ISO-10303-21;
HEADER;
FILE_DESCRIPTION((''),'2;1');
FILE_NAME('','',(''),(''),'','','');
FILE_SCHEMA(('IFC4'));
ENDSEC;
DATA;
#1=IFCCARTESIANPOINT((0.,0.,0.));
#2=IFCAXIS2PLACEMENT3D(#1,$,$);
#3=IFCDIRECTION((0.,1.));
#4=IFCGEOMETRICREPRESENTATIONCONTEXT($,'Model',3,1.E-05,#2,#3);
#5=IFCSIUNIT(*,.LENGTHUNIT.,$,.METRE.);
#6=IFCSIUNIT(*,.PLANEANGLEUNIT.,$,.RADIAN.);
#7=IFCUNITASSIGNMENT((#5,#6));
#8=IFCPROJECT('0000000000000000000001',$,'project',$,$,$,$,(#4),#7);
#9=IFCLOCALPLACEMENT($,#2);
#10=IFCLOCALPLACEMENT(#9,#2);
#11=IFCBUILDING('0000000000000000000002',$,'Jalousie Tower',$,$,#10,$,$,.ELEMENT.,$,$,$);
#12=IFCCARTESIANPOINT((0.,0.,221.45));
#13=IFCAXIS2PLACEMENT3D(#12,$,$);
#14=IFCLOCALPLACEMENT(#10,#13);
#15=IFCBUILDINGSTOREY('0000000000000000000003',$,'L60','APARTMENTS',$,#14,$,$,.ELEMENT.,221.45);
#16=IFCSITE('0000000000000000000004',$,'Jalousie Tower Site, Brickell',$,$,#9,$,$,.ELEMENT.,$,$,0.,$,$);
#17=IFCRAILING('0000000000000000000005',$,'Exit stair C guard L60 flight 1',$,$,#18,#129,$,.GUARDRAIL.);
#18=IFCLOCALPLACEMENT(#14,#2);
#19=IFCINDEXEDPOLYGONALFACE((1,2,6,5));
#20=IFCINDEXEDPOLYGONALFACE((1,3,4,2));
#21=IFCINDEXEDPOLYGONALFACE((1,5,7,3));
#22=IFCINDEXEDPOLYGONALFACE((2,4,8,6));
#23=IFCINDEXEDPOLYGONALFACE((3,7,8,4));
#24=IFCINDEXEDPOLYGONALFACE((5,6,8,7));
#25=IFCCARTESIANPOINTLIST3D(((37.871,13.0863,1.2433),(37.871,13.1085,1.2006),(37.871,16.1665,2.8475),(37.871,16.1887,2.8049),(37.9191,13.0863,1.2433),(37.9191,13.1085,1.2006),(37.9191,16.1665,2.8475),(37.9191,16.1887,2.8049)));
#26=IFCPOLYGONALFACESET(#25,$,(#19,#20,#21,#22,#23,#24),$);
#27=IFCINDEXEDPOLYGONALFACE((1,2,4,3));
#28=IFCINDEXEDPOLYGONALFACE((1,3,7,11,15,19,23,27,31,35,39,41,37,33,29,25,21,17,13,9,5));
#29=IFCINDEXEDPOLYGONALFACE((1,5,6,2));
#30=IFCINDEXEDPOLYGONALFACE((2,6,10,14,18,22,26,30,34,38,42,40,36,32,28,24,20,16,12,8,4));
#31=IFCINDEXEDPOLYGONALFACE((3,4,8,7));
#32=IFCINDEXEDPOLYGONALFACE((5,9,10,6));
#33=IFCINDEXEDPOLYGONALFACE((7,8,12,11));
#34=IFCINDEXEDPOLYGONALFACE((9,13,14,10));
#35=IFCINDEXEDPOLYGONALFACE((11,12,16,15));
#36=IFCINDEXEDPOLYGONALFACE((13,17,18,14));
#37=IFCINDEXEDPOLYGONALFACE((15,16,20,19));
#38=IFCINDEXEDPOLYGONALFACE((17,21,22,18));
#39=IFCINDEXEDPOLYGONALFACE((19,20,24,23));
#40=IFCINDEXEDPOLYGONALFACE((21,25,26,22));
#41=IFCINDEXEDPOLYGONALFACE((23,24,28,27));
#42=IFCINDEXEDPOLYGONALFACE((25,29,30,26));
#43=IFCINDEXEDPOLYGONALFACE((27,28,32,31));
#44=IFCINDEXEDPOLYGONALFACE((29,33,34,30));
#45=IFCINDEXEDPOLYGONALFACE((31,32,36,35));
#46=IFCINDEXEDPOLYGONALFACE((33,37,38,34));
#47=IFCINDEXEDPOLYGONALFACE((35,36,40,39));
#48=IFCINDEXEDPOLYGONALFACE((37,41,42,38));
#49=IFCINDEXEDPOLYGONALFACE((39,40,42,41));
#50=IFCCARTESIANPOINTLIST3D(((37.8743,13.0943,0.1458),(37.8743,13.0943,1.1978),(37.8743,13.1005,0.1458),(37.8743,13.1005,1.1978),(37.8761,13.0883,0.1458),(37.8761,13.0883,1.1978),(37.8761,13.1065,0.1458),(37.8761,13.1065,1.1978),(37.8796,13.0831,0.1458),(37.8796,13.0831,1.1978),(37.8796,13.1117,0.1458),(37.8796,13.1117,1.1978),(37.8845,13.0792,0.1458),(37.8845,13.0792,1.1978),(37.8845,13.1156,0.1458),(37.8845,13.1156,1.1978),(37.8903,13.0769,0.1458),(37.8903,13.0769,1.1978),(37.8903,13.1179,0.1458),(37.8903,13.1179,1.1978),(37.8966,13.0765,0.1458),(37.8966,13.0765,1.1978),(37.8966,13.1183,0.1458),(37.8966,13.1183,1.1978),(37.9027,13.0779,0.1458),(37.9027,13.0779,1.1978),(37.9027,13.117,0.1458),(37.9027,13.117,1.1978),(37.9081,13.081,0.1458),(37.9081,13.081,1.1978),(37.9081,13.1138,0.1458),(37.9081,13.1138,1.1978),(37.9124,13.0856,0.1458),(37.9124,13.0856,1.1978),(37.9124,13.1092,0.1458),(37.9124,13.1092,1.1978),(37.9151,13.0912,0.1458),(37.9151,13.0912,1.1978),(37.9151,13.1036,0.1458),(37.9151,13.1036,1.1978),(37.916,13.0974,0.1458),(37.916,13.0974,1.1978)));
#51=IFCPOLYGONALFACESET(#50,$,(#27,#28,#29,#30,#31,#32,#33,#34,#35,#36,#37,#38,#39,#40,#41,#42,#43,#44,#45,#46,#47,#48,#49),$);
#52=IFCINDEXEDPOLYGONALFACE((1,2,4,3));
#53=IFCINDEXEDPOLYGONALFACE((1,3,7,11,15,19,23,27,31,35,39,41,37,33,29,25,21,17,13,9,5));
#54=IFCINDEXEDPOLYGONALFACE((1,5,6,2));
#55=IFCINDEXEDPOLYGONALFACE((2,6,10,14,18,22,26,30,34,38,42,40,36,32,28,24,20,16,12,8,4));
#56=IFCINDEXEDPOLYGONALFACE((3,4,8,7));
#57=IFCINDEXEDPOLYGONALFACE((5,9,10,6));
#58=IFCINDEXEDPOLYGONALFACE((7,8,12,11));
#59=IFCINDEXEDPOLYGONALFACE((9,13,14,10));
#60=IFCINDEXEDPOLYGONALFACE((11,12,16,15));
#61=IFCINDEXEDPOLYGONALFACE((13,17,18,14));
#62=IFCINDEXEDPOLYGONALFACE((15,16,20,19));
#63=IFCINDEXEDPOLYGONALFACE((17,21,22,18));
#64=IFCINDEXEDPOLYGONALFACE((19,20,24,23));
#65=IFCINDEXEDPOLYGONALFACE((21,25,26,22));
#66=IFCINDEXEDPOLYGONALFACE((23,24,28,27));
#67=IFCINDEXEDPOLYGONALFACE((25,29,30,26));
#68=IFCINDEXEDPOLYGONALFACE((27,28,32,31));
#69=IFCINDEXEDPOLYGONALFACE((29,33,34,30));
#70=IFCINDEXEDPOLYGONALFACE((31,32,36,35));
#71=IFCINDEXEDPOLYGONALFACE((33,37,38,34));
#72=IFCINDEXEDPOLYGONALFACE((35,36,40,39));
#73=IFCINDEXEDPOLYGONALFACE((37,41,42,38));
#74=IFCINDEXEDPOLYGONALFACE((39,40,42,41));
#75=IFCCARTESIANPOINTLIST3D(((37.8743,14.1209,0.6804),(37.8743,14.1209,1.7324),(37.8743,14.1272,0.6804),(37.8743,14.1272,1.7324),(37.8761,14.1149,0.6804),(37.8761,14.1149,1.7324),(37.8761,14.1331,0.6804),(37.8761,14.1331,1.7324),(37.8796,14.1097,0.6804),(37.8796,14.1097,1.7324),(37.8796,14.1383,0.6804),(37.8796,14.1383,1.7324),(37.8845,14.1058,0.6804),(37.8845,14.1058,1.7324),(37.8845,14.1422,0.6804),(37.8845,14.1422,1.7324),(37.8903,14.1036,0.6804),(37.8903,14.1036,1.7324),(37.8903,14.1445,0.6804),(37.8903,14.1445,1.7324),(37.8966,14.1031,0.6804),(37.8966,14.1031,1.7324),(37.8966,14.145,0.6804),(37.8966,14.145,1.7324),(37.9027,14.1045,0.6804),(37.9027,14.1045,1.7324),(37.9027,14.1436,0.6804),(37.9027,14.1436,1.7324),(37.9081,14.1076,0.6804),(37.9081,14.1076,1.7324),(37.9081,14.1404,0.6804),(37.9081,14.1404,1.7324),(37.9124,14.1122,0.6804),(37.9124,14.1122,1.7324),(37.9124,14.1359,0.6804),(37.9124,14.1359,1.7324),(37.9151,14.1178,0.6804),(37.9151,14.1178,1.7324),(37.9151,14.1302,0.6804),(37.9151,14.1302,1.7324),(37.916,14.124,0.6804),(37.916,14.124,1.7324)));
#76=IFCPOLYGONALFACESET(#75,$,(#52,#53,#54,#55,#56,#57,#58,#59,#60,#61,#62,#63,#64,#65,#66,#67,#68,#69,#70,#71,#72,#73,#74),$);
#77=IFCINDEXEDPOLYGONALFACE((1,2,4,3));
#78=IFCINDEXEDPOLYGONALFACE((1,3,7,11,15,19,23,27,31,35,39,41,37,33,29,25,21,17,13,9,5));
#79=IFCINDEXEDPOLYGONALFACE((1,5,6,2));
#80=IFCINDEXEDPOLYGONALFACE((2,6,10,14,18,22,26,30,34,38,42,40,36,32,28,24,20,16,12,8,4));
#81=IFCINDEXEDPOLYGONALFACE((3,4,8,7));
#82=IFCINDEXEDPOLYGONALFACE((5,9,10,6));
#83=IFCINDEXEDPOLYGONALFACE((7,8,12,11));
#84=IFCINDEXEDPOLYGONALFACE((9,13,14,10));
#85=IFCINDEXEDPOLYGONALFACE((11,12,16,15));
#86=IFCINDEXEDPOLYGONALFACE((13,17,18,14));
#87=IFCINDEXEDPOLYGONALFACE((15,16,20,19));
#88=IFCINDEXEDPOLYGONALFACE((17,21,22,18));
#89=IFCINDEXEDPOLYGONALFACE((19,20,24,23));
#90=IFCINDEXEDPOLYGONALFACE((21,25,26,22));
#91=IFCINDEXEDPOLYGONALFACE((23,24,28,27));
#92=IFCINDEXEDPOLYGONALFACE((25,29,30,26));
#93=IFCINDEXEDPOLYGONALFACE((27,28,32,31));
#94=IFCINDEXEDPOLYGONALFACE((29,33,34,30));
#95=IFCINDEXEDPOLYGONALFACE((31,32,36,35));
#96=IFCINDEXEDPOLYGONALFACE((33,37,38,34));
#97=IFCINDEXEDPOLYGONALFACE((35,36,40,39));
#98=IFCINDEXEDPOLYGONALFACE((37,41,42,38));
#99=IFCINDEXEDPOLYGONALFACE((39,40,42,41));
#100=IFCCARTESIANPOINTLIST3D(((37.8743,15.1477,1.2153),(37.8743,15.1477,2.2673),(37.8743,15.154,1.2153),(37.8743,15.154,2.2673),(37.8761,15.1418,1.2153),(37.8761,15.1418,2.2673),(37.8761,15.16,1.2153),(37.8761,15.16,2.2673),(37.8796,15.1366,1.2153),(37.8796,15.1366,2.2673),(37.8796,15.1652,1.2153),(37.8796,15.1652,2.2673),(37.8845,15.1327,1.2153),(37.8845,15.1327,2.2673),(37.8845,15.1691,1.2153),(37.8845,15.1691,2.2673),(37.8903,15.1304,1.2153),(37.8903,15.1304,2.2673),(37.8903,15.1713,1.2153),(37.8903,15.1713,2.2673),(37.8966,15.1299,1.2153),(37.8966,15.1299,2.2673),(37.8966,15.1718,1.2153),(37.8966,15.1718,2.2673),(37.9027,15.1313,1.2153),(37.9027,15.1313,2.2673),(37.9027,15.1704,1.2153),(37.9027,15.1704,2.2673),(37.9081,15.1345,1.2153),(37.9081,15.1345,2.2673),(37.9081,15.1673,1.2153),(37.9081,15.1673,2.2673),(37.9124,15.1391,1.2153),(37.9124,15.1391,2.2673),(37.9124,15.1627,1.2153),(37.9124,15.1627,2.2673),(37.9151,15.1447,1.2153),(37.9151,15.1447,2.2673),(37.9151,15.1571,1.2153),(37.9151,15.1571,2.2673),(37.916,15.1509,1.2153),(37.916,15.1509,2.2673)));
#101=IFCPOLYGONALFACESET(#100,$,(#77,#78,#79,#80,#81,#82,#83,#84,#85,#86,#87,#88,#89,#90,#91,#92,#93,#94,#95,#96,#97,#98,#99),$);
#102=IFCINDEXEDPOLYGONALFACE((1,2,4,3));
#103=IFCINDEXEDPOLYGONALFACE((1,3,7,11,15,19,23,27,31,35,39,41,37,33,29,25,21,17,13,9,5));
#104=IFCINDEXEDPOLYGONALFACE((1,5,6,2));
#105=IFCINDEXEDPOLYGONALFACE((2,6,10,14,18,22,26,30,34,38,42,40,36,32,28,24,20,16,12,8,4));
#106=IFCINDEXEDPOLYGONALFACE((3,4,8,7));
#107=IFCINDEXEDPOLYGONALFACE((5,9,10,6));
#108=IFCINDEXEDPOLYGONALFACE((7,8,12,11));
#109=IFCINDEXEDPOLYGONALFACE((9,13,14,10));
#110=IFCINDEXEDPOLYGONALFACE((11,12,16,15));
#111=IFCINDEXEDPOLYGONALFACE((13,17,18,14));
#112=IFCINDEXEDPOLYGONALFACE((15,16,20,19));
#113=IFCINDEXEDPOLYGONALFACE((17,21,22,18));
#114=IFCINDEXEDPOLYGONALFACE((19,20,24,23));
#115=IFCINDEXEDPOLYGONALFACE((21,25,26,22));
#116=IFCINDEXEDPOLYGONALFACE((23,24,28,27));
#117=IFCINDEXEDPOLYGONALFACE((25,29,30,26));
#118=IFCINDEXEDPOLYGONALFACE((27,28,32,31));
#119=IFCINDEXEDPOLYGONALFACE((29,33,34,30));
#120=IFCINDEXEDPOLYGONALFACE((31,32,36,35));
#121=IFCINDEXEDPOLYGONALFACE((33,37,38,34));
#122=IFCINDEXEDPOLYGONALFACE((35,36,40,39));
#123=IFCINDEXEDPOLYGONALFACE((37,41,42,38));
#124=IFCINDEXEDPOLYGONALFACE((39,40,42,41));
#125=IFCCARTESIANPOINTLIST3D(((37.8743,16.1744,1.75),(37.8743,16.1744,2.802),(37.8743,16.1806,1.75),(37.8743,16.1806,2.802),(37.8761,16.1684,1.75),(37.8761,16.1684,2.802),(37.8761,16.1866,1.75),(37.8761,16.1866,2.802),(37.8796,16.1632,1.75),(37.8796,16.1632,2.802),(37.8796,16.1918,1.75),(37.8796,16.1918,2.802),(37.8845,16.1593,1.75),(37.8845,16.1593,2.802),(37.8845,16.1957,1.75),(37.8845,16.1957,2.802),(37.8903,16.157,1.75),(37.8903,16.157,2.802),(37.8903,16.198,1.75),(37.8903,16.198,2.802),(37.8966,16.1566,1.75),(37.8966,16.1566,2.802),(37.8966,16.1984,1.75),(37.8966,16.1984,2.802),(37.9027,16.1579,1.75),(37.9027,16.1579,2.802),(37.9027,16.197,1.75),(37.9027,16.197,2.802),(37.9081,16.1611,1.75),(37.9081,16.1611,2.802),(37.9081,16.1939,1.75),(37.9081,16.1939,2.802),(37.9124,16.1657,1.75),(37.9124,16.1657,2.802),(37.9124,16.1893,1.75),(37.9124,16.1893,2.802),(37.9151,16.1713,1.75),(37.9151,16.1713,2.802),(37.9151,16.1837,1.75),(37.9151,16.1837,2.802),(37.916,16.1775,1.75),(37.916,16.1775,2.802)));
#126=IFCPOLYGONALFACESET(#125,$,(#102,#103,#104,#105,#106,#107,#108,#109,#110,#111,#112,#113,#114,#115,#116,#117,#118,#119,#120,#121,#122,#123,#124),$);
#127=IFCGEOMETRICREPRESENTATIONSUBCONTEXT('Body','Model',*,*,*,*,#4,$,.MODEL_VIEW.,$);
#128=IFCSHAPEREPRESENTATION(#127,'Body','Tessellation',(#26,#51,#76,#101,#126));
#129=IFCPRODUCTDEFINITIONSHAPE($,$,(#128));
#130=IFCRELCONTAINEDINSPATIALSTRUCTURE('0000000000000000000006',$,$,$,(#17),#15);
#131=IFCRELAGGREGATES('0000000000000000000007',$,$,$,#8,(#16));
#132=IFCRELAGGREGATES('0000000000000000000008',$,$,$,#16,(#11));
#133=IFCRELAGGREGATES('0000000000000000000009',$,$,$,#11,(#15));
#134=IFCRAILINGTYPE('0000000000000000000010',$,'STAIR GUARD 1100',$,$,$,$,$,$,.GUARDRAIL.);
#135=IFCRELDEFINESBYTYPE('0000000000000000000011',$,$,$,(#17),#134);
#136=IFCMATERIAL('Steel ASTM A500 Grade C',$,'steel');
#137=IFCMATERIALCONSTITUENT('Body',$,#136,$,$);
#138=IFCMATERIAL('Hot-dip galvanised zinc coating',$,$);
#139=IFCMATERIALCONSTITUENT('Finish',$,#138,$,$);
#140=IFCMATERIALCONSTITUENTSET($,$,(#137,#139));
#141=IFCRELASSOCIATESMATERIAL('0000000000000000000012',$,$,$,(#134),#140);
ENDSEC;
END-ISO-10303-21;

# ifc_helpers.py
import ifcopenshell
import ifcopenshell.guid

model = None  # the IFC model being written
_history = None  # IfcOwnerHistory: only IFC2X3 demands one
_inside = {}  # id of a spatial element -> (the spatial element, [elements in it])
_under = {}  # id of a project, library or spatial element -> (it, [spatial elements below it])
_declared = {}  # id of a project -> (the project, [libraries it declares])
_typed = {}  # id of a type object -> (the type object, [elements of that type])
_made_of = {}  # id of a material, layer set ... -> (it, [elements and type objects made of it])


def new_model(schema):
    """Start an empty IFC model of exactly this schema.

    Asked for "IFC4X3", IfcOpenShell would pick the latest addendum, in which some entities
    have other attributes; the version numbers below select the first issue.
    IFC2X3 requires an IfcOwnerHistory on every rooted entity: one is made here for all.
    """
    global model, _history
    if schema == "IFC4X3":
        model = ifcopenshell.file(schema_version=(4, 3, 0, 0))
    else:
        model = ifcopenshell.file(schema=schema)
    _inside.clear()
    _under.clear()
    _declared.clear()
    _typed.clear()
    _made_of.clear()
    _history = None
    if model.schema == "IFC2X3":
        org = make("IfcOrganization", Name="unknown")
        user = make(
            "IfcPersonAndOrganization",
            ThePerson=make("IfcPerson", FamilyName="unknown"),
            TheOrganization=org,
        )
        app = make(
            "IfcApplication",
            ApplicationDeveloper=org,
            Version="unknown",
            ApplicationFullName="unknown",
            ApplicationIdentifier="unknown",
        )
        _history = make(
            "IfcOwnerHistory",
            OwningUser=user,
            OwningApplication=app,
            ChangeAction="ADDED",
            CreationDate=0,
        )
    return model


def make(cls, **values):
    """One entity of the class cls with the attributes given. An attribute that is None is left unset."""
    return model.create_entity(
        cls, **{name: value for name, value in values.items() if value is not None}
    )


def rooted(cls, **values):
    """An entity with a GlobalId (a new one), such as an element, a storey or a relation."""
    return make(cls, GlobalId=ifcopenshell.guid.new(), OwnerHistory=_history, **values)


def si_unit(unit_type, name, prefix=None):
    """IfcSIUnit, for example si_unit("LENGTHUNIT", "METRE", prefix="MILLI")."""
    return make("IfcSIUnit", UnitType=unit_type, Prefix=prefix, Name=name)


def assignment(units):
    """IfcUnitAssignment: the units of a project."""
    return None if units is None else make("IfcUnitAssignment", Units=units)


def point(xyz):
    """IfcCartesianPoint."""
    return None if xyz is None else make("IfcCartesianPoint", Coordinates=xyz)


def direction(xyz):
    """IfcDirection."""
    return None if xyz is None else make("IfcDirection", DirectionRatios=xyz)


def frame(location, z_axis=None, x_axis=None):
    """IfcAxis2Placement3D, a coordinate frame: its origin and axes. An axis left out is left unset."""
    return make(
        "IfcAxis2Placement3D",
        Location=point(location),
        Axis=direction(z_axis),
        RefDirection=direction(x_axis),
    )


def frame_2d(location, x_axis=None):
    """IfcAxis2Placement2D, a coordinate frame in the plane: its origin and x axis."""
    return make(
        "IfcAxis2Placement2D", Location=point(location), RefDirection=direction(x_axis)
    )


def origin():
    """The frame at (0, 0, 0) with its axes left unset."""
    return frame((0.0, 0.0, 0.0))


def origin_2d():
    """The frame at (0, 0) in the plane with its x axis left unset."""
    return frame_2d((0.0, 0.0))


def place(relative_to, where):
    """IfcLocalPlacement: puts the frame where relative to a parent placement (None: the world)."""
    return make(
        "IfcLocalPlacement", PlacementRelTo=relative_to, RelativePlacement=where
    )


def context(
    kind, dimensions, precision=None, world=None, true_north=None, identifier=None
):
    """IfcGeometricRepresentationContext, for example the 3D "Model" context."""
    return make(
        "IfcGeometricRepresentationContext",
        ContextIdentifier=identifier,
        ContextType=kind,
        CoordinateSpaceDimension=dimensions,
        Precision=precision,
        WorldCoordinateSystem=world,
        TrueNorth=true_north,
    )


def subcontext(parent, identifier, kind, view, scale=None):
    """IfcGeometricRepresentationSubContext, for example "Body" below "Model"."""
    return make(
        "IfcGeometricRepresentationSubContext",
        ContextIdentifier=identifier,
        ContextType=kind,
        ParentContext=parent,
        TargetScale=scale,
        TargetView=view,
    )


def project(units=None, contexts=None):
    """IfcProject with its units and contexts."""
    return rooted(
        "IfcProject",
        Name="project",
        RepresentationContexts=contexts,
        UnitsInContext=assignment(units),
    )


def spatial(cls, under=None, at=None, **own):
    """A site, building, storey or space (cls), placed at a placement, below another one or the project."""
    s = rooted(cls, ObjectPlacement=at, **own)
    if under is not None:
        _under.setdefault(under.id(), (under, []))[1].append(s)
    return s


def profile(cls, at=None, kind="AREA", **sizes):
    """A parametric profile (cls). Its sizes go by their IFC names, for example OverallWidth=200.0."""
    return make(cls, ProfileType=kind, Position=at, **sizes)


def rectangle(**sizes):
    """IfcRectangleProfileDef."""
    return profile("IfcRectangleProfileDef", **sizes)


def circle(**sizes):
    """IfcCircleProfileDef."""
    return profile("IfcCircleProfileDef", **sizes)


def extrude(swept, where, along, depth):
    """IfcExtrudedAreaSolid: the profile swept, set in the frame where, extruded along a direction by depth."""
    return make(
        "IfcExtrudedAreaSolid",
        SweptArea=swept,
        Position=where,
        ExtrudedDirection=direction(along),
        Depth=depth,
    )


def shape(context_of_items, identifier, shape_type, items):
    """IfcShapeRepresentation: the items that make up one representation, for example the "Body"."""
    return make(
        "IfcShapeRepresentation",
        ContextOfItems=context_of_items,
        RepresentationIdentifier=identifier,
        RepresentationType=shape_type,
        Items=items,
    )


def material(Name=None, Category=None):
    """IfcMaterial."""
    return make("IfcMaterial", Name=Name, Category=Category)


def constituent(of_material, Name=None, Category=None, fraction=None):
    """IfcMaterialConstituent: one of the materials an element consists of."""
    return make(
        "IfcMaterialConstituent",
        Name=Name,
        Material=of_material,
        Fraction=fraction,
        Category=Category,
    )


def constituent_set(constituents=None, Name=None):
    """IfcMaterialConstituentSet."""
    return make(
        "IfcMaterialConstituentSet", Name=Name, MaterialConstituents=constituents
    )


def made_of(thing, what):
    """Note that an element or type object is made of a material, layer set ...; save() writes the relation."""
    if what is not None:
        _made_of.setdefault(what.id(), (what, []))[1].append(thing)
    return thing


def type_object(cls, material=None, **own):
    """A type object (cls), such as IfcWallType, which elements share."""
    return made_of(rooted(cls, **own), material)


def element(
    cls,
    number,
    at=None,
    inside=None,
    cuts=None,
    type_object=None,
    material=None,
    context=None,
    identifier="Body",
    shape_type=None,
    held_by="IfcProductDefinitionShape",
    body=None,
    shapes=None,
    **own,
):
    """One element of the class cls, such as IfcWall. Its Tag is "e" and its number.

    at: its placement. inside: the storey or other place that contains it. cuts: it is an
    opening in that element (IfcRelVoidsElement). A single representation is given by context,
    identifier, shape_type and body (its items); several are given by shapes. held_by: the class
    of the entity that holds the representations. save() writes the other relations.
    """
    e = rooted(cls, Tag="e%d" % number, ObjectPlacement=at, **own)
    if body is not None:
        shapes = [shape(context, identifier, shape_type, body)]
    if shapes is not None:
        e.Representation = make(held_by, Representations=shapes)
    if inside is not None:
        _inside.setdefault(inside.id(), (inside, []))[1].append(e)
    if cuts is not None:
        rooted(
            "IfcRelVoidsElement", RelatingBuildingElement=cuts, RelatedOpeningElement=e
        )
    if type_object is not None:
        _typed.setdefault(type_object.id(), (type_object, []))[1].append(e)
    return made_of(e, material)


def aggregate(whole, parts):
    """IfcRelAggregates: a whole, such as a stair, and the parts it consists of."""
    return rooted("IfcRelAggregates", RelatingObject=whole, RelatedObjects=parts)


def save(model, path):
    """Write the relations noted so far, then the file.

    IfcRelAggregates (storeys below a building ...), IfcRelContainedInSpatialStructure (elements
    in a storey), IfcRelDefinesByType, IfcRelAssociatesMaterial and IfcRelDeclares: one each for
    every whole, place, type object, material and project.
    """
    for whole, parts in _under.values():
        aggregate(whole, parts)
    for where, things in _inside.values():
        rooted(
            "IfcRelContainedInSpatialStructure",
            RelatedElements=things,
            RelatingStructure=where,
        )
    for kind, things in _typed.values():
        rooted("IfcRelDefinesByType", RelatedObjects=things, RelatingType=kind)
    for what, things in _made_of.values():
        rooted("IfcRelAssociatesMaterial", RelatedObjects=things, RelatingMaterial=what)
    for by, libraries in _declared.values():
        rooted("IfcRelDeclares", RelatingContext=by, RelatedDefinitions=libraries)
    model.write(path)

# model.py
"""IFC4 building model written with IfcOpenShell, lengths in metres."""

from ifc_helpers import new_model, si_unit, direction, frame, origin, origin_2d, place, context, subcontext, project, spatial, rectangle, circle, extrude, material, constituent, constituent_set, type_object, element, save


model = new_model("IFC4")

# Units and contexts
model_context = context("Model", 3, precision=1e-05, world=origin(), true_north=direction((0.0, 1.0)))
body_context = subcontext(model_context, "Body", "Model", "MODEL_VIEW")
ifc_project = project(units=[si_unit("LENGTHUNIT", "METRE"), si_unit("PLANEANGLEUNIT", "RADIAN")], contexts=[model_context])

# Site, building, storey
site_placement = place(None, origin())
site = spatial("IfcSite", under=ifc_project, at=site_placement, Name="Jalousie Tower Site, Brickell", CompositionType="ELEMENT", RefElevation=0.0)
building_placement = place(site_placement, origin())
building = spatial("IfcBuilding", under=site, at=building_placement, Name="Jalousie Tower", CompositionType="ELEMENT")
storey_placement = place(building_placement, frame((0.0, 0.0, 221.45)))
storey = spatial("IfcBuildingStorey", under=building, at=storey_placement, Name="L60", Description="APARTMENTS", CompositionType="ELEMENT", Elevation=221.45)

# Railing
ifc_material_1 = material(Name="Steel ASTM A500 Grade C", Category="steel")
ifc_constituent_1 = constituent(ifc_material_1, Name="Body")
ifc_material_2 = material(Name="Hot-dip galvanised zinc coating")
ifc_constituent_2 = constituent(ifc_material_2, Name="Finish")
ifc_constituent_set_1 = constituent_set(constituents=[ifc_constituent_1, ifc_constituent_2])
railing_type_1 = type_object("IfcRailingType", Name="STAIR GUARD 1100", PredefinedType="GUARDRAIL", material=ifc_constituent_set_1)
railing_1_placement = place(storey_placement, frame((37.895, 13.0974, 0.1458)))
element("IfcRailing", 1, at=railing_1_placement, inside=storey, type_object=railing_type_1, Name="Exit stair C guard L60 flight 1", PredefinedType="GUARDRAIL", context=body_context, shape_type="SweptSolid", body=[
    extrude(rectangle(XDim=0.0481, YDim=0.0481, at=origin_2d()), frame((0.0, 0.0, 1.0762), z_axis=(0.0, 0.886909, 0.461944), x_axis=(-1.0, 0.0, 0.0)), (0.0, 0.0, 1.0), 3.4729),
    extrude(circle(Radius=0.021, at=origin_2d()), origin(), (0.0, 0.0, 1.0), 1.052),
    extrude(circle(Radius=0.021, at=origin_2d()), frame((0.0, 1.0266, 0.5347)), (0.0, 0.0, 1.0), 1.052),
    extrude(circle(Radius=0.021, at=origin_2d()), frame((0.0, 2.0535, 1.0696)), (0.0, 0.0, 1.0), 1.052),
    extrude(circle(Radius=0.021, at=origin_2d()), frame((0.0, 3.0801, 1.6042)), (0.0, 0.0, 1.0), 1.052),
])

save(model, "model.ifc")
